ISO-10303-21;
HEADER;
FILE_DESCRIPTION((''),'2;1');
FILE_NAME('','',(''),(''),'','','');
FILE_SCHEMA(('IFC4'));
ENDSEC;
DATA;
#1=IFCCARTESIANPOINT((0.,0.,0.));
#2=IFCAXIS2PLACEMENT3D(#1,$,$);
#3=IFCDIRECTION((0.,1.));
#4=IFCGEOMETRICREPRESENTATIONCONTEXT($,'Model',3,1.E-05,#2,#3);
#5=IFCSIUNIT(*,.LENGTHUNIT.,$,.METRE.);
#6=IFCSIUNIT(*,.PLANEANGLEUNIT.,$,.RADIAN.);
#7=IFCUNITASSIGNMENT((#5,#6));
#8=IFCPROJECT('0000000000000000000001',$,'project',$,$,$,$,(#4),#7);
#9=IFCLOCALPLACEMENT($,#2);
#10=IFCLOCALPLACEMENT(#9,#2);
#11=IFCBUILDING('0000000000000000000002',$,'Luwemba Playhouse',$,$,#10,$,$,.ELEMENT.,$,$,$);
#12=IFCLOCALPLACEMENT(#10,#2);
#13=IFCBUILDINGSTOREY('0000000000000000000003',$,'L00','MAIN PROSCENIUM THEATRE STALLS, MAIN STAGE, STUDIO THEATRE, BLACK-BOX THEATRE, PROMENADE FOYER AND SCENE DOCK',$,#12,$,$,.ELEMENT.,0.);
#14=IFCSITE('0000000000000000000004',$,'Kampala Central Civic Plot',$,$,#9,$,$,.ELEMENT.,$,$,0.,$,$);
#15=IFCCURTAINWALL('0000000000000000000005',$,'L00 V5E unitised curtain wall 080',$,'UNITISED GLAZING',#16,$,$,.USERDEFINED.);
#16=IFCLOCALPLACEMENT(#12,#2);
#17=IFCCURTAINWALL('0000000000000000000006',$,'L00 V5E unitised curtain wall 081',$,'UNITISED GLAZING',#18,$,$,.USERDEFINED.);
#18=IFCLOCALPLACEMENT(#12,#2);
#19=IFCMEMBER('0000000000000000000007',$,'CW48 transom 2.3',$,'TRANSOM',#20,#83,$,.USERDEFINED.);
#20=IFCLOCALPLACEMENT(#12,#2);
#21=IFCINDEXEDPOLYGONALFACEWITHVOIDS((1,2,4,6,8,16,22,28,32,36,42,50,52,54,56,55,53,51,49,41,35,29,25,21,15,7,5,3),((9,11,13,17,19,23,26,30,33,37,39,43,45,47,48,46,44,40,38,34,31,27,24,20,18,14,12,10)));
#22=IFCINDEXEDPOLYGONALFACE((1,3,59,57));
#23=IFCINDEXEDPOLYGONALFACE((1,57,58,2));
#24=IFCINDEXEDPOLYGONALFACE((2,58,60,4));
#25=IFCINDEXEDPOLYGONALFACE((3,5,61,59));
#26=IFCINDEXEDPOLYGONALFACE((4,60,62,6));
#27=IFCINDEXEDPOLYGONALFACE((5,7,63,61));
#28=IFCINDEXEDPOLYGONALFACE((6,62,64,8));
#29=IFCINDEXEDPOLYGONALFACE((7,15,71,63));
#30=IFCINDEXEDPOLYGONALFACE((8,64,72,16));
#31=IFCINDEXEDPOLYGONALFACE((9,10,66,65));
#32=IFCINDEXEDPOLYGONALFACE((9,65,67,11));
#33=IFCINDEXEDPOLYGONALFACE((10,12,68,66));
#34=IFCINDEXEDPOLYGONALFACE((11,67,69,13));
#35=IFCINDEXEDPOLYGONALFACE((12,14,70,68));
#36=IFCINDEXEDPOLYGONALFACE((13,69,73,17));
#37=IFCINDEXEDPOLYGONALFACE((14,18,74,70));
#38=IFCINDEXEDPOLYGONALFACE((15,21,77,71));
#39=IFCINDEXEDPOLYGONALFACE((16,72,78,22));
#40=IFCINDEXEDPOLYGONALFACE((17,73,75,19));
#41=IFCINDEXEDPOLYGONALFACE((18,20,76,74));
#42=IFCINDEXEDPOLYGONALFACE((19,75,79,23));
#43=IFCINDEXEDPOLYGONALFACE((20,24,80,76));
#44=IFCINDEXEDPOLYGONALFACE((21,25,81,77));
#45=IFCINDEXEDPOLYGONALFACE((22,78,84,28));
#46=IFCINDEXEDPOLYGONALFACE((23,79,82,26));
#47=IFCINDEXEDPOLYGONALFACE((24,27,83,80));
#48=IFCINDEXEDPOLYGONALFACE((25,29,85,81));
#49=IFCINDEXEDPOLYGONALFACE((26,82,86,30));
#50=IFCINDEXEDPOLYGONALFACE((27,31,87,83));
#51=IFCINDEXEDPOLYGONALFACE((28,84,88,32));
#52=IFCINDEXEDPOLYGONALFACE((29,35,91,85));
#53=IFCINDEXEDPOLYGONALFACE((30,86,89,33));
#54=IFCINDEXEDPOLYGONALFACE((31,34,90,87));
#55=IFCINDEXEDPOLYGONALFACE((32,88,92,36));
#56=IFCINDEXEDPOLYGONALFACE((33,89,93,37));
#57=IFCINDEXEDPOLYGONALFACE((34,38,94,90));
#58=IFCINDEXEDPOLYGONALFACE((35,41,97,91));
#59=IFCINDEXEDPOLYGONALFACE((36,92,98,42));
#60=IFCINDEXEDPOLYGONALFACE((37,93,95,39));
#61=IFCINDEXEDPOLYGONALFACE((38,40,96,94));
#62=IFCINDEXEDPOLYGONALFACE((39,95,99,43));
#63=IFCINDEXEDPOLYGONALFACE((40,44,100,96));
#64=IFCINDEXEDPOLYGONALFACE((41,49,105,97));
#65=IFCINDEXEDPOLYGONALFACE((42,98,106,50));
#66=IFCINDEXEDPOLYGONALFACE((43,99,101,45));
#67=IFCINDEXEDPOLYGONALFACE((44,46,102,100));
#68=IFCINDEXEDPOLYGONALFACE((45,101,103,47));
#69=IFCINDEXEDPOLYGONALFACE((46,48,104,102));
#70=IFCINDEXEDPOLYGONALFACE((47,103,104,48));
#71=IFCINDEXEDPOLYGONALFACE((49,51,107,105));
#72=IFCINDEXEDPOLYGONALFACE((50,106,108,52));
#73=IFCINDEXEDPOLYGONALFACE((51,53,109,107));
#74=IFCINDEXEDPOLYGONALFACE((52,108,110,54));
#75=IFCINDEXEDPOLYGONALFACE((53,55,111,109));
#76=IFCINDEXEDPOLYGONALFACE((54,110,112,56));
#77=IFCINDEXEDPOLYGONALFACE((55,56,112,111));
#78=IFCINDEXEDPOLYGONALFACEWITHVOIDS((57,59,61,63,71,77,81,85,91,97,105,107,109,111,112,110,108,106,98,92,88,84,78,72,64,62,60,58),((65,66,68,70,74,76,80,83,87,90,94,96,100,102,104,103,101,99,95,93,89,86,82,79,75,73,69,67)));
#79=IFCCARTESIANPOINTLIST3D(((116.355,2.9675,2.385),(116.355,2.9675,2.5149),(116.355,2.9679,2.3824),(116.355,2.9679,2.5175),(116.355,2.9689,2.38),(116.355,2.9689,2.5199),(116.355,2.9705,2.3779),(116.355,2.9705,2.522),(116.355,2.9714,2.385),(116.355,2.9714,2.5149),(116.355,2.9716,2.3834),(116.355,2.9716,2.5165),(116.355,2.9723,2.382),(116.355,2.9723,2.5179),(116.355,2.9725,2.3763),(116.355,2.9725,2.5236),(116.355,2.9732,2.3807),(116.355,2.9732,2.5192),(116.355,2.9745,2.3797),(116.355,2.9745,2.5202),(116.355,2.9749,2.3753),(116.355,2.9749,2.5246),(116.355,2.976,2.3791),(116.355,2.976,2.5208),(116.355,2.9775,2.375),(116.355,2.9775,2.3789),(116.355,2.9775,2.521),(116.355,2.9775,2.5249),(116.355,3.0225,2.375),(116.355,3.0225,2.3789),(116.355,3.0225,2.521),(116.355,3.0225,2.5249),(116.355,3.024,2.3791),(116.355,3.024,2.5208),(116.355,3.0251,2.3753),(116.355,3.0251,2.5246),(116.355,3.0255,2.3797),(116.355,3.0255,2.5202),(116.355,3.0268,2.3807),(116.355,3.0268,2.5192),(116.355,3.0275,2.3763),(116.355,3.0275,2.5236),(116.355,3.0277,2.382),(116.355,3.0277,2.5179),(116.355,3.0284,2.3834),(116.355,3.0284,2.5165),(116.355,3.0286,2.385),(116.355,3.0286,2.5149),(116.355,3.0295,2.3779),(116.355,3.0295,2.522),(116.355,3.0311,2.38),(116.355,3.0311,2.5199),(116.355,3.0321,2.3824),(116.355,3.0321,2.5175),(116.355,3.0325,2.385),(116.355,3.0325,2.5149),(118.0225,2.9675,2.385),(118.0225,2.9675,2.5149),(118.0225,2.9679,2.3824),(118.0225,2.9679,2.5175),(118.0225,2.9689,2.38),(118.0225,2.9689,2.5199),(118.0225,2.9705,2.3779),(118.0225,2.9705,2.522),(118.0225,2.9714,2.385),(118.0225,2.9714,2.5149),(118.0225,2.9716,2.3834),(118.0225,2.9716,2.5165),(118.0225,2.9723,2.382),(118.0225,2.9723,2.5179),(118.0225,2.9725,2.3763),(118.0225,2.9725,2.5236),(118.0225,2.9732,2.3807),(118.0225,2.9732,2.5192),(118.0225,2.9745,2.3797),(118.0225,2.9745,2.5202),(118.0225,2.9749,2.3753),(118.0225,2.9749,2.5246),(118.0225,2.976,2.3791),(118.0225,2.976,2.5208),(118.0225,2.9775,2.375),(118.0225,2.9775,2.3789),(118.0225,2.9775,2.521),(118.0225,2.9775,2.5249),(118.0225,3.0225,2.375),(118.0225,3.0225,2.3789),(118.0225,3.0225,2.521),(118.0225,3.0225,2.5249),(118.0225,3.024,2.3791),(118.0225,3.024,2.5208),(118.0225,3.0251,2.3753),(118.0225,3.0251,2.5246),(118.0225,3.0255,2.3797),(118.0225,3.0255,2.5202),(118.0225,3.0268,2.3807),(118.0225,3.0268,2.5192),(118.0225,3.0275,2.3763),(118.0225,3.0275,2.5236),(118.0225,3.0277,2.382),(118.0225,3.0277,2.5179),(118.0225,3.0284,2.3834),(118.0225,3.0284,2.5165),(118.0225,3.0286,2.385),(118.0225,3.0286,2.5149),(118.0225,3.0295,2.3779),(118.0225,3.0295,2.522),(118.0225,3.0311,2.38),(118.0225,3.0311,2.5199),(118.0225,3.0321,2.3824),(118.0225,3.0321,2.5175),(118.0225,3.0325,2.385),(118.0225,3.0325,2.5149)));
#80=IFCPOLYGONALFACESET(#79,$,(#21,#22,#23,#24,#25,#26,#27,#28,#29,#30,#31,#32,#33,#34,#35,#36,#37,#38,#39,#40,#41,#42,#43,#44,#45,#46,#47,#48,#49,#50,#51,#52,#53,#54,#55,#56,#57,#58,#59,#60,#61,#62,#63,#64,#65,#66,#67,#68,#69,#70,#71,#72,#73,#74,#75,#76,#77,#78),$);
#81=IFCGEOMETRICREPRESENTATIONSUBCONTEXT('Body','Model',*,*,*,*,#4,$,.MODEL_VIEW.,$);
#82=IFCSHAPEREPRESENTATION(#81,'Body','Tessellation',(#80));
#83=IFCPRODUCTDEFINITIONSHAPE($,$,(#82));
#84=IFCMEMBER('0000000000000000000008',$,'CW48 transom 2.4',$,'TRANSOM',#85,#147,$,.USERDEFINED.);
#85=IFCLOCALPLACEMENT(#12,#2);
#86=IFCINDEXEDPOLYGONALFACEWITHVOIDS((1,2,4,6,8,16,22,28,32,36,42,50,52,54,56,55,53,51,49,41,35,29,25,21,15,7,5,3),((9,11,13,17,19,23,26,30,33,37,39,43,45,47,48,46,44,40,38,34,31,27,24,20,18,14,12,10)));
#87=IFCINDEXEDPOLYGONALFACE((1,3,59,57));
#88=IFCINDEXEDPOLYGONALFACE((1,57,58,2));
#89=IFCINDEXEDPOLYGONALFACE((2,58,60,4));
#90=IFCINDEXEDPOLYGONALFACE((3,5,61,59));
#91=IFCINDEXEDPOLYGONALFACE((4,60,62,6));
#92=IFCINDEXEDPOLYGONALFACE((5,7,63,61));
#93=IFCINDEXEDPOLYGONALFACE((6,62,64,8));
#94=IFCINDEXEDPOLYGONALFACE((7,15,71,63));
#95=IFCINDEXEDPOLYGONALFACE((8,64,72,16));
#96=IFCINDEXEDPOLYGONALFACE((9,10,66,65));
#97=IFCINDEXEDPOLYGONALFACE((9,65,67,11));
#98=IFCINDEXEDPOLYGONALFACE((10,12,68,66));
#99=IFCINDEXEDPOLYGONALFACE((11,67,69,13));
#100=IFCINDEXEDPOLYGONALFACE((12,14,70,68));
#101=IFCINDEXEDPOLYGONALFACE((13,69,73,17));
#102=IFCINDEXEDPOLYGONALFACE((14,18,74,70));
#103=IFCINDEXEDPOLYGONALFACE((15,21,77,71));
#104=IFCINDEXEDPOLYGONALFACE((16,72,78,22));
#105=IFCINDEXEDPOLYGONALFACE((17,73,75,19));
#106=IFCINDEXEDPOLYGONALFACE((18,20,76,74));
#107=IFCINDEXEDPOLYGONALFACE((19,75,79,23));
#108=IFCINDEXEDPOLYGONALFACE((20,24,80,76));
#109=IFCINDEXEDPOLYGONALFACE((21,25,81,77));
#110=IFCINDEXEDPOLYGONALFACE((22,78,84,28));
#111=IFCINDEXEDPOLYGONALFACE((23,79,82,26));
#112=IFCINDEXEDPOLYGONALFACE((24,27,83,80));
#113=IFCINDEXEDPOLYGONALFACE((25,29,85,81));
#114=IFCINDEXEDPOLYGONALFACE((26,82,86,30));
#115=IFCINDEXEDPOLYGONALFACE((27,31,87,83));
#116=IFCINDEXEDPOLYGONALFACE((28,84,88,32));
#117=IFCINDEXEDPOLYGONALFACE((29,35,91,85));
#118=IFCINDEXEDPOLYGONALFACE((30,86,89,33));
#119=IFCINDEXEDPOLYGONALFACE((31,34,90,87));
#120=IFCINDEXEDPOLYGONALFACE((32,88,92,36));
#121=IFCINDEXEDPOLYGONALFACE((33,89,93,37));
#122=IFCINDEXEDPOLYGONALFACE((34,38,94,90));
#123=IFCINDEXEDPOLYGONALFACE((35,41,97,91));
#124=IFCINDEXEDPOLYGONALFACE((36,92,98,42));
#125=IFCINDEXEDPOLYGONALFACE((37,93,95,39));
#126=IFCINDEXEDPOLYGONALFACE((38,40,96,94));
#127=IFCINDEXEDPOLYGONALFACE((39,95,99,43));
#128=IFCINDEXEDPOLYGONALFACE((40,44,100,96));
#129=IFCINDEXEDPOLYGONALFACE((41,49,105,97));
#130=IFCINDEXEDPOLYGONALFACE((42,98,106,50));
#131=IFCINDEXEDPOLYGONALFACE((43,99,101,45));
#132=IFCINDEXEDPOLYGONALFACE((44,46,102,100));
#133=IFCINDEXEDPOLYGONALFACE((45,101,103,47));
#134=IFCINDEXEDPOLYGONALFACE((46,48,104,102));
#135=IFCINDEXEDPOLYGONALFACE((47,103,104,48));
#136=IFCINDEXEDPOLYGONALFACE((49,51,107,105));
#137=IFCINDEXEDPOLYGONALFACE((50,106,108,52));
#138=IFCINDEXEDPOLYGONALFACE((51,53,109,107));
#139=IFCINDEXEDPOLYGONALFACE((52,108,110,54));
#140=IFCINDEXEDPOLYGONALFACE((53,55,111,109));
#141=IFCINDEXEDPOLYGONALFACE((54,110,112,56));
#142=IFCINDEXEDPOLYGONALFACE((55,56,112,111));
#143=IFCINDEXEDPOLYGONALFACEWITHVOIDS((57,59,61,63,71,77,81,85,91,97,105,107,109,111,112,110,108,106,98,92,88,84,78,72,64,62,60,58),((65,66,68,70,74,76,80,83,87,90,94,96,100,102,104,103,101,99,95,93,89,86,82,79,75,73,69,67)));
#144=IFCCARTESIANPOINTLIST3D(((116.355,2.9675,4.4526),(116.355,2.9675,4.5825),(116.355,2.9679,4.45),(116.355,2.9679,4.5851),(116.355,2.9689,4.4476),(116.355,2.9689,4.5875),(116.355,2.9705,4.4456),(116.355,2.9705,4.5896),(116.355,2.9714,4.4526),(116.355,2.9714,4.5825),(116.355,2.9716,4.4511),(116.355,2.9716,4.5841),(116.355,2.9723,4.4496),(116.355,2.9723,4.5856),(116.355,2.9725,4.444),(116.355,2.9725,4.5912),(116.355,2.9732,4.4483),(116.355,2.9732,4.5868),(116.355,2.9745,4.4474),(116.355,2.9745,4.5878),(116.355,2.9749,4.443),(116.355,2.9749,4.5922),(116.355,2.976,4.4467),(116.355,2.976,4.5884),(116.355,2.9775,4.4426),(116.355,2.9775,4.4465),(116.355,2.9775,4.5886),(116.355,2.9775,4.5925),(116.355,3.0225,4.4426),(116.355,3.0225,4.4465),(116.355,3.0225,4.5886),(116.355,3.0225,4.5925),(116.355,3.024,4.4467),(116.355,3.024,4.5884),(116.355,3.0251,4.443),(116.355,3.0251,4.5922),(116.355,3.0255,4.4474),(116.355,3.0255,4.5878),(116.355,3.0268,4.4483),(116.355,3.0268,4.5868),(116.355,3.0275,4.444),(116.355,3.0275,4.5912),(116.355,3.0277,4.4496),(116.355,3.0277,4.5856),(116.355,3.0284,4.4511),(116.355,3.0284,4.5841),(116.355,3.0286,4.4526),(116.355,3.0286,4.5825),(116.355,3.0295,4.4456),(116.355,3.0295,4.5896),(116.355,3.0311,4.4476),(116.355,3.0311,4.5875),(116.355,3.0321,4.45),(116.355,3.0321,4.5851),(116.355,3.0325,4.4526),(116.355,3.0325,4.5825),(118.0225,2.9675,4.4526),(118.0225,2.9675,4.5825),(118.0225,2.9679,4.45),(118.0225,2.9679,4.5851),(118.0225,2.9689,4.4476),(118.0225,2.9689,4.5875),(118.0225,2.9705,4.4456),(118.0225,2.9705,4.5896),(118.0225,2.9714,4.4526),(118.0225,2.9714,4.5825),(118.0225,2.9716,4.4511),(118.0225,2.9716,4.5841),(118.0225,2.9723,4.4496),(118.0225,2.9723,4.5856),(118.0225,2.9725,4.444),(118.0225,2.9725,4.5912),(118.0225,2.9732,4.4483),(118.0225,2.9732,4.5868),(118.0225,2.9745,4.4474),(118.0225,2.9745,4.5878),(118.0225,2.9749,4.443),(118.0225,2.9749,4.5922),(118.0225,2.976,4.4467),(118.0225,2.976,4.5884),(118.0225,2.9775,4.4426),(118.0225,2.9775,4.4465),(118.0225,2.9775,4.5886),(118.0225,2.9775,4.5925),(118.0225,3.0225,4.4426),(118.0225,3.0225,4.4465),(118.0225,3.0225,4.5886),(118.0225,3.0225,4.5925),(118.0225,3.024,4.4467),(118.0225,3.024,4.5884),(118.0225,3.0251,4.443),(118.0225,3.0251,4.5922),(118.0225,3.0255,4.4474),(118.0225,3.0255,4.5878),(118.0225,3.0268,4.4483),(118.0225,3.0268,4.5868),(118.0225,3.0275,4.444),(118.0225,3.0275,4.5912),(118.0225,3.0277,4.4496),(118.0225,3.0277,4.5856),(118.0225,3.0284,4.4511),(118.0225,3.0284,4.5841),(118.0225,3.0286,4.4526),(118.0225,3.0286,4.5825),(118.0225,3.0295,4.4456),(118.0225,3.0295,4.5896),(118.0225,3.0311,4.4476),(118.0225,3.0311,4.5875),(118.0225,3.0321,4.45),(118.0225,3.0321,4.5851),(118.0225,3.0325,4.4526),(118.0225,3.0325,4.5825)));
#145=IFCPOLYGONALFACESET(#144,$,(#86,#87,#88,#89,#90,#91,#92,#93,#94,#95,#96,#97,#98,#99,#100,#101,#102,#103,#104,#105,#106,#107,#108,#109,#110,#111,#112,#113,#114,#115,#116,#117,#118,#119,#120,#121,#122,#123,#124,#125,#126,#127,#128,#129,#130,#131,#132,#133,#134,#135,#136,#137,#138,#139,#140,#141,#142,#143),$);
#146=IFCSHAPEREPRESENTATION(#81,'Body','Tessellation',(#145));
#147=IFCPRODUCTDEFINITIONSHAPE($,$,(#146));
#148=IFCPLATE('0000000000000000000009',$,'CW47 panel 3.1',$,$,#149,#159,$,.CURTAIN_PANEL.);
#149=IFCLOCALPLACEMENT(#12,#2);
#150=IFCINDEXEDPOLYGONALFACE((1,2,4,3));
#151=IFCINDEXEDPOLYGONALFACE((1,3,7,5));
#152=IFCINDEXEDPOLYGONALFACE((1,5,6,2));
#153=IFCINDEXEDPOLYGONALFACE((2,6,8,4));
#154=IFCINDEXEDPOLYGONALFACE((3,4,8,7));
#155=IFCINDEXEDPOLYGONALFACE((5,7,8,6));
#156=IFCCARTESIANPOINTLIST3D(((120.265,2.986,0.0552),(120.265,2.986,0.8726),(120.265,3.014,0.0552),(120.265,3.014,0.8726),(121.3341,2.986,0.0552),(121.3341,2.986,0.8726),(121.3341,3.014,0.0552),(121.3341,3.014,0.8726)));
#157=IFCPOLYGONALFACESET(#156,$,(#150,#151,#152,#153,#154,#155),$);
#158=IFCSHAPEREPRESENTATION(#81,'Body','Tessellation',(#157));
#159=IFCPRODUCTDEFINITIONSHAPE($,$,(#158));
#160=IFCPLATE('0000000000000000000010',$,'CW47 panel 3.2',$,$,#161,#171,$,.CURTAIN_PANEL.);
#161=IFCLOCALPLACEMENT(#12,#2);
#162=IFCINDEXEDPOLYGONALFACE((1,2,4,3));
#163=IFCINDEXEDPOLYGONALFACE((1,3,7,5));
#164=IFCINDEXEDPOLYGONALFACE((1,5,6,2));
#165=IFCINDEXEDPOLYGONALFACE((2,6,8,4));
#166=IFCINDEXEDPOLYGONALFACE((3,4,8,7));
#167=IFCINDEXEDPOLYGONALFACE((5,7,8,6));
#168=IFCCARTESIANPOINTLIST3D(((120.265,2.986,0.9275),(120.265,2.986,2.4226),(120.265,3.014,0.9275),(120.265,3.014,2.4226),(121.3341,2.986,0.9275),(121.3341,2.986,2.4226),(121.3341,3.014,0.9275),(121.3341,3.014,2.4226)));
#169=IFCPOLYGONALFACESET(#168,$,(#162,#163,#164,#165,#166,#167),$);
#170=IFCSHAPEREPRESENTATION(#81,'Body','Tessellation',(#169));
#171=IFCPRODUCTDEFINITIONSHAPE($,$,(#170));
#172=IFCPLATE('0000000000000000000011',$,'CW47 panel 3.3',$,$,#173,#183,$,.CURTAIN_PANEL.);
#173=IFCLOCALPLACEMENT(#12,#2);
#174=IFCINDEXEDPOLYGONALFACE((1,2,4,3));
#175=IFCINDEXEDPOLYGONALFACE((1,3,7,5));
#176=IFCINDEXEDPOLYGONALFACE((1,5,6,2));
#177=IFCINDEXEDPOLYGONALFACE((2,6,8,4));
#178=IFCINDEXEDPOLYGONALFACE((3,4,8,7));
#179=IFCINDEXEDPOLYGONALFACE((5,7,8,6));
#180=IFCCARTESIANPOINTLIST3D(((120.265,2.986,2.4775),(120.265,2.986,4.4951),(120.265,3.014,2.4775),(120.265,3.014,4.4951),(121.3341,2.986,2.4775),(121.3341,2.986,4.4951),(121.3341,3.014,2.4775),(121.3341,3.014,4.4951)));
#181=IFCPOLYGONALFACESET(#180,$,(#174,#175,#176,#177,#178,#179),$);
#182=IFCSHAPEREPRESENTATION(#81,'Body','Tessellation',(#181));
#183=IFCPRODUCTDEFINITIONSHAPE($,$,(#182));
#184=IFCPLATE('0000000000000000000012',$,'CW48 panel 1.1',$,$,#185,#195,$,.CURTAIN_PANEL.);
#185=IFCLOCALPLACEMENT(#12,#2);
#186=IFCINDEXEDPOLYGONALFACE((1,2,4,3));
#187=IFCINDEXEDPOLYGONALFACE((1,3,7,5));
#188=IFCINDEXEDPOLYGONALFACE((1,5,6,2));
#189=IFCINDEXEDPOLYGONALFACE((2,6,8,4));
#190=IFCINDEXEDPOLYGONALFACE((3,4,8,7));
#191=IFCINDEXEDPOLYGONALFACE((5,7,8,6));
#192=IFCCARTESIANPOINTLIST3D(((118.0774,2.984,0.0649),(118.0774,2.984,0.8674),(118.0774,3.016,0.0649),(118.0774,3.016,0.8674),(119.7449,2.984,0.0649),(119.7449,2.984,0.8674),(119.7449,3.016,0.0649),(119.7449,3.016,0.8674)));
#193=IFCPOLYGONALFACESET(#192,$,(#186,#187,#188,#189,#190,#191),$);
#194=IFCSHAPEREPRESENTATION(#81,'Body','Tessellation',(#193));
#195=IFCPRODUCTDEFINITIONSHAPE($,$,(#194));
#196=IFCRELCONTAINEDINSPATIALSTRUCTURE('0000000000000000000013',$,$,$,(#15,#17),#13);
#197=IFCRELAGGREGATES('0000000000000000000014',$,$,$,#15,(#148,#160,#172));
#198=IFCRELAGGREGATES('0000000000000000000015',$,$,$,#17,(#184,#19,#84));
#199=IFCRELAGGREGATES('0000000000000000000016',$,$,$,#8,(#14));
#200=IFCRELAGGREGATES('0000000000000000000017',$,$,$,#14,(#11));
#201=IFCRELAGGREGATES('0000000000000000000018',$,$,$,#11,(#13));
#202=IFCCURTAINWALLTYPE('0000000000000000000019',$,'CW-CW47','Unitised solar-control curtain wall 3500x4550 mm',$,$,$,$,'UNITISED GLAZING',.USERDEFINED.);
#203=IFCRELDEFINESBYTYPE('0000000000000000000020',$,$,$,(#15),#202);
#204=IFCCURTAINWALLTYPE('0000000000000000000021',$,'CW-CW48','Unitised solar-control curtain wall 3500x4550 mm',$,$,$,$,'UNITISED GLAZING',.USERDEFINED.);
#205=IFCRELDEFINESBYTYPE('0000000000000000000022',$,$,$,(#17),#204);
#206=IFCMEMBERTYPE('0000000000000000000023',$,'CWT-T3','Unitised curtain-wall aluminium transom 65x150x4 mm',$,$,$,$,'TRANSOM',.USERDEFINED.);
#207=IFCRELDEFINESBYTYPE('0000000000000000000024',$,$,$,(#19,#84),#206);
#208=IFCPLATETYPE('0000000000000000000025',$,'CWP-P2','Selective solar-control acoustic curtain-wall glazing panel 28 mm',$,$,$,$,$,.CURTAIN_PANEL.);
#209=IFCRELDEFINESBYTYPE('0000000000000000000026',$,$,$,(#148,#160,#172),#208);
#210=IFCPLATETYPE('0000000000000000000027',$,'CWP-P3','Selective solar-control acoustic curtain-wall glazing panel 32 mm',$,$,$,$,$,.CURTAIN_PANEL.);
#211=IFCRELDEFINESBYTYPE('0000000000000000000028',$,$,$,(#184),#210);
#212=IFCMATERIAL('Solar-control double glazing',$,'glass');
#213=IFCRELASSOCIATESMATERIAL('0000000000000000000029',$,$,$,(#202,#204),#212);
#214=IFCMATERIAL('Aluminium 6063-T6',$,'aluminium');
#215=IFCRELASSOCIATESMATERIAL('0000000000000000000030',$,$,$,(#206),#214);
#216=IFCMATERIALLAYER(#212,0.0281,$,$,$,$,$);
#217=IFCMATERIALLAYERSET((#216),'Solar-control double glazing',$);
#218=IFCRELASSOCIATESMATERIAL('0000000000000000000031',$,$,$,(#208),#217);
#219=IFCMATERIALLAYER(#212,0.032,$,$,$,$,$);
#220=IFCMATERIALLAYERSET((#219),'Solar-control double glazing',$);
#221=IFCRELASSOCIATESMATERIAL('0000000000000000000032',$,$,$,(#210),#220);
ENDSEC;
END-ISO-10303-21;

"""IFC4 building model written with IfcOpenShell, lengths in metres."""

from ifc_helpers import new_model, si_unit, direction, frame, origin, origin_2d, place, context, subcontext, project, spatial, rectangle, hollow_rectangle, extrude, material, layer, layer_set, material_profile, profile_set, type_object, element, aggregate, save


model = new_model("IFC4")

# Units and contexts
model_context = context("Model", 3, precision=1e-05, world=origin(), true_north=direction((0.0, 1.0)))
body_context = subcontext(model_context, "Body", "Model", "MODEL_VIEW")
ifc_project = project(units=[si_unit("LENGTHUNIT", "METRE"), si_unit("PLANEANGLEUNIT", "RADIAN")], contexts=[model_context])

# Site, building, storey
site_placement = place(None, origin())
site = spatial("IfcSite", under=ifc_project, at=site_placement, Name="Kampala Central Civic Plot", CompositionType="ELEMENT", RefElevation=0.0)
building_placement = place(site_placement, origin())
building = spatial("IfcBuilding", under=site, at=building_placement, Name="Luwemba Playhouse", CompositionType="ELEMENT")
storey_placement = place(building_placement, origin())
storey = spatial("IfcBuildingStorey", under=building, at=storey_placement, Name="L00", Description="MAIN PROSCENIUM THEATRE STALLS, MAIN STAGE, STUDIO THEATRE, BLACK-BOX THEATRE, PROMENADE FOYER AND SCENE DOCK", CompositionType="ELEMENT", Elevation=0.0)

# Curtain wall
ifc_material_1 = material(Name="Solar-control double glazing", Category="glass")
curtain_wall_type_1 = type_object("IfcCurtainWallType", Name="CW-CW47", Description="Unitised solar-control curtain wall 3500x4550 mm", ElementType="UNITISED GLAZING", PredefinedType="USERDEFINED", material=ifc_material_1)
curtain_wall_1_placement = place(storey_placement, origin())
curtain_wall_1 = element("IfcCurtainWall", 1, at=curtain_wall_1_placement, inside=storey, type_object=curtain_wall_type_1, Name="L00 V5E unitised curtain wall 080", ObjectType="UNITISED GLAZING", PredefinedType="USERDEFINED")
ifc_material_2 = material(Name="Aluminium 6063-T6", Category="aluminium")

# Curtain wall
curtain_wall_type_2 = type_object("IfcCurtainWallType", Name="CW-CW48", Description="Unitised solar-control curtain wall 3500x4550 mm", ElementType="UNITISED GLAZING", PredefinedType="USERDEFINED", material=ifc_material_1)
curtain_wall_2_placement = place(storey_placement, origin())
curtain_wall_2 = element("IfcCurtainWall", 2, at=curtain_wall_2_placement, inside=storey, type_object=curtain_wall_type_2, Name="L00 V5E unitised curtain wall 081", ObjectType="UNITISED GLAZING", PredefinedType="USERDEFINED")

# Members
ifc_material_profile_1 = material_profile(ifc_material_2, hollow_rectangle(XDim=0.0649, YDim=0.1499, WallThickness=0.0039, InnerFilletRadius=0.0061, OuterFilletRadius=0.01, at=origin_2d()))
ifc_profile_set_1 = profile_set([ifc_material_profile_1], Name="Aluminium 6063-T6")
member_type_1 = type_object("IfcMemberType", Name="CWT-T3", Description="Unitised curtain-wall aluminium transom 65x150x4 mm", ElementType="TRANSOM", PredefinedType="USERDEFINED", material=ifc_profile_set_1)
member_1_placement = place(storey_placement, frame((118.0225, 3.0, 2.45), z_axis=(-1.0, 0.0, 0.0), x_axis=(0.0, -1.0, 0.0)))
member_1 = element("IfcMember", 3, at=member_1_placement, type_object=member_type_1, Name="CW48 transom 2.3", ObjectType="TRANSOM", PredefinedType="USERDEFINED", context=body_context, shape_type="SweptSolid", body=[
    extrude(hollow_rectangle(XDim=0.0649, YDim=0.1499, WallThickness=0.0039, InnerFilletRadius=0.0061, OuterFilletRadius=0.01, at=origin_2d()), origin(), (0.0, 0.0, 1.0), 1.6675),
])
member_2_placement = place(storey_placement, frame((118.0225, 3.0, 4.5176), z_axis=(-1.0, 0.0, 0.0), x_axis=(0.0, -1.0, 0.0)))
member_2 = element("IfcMember", 4, at=member_2_placement, type_object=member_type_1, Name="CW48 transom 2.4", ObjectType="TRANSOM", PredefinedType="USERDEFINED", context=body_context, shape_type="SweptSolid", body=[
    extrude(hollow_rectangle(XDim=0.0649, YDim=0.1499, WallThickness=0.0039, InnerFilletRadius=0.0061, OuterFilletRadius=0.01, at=origin_2d()), origin(), (0.0, 0.0, 1.0), 1.6675),
])

# Plates
ifc_layer_1 = layer(ifc_material_1, 0.0281)
ifc_layer_set_1 = layer_set([ifc_layer_1], Name="Solar-control double glazing")
plate_type_1 = type_object("IfcPlateType", Name="CWP-P2", Description="Selective solar-control acoustic curtain-wall glazing panel 28 mm", PredefinedType="CURTAIN_PANEL", material=ifc_layer_set_1)
plate_1_placement = place(storey_placement, frame((120.7996, 3.0, 0.0552), z_axis=(0.0, 0.0, 1.0), x_axis=(-1.0, 0.0, 0.0)))
plate_1 = element("IfcPlate", 5, at=plate_1_placement, type_object=plate_type_1, Name="CW47 panel 3.1", PredefinedType="CURTAIN_PANEL", context=body_context, shape_type="SweptSolid", body=[
    extrude(rectangle(XDim=1.0691, YDim=0.0281, at=origin_2d()), origin(), (0.0, 0.0, 1.0), 0.8174),
])
plate_2_placement = place(storey_placement, frame((120.7996, 3.0, 0.9275), z_axis=(0.0, 0.0, 1.0), x_axis=(-1.0, 0.0, 0.0)))
plate_2 = element("IfcPlate", 6, at=plate_2_placement, type_object=plate_type_1, Name="CW47 panel 3.2", PredefinedType="CURTAIN_PANEL", context=body_context, shape_type="SweptSolid", body=[
    extrude(rectangle(XDim=1.0691, YDim=0.0281, at=origin_2d()), origin(), (0.0, 0.0, 1.0), 1.4951),
])
plate_3_placement = place(storey_placement, frame((120.7996, 3.0, 2.4775), z_axis=(0.0, 0.0, 1.0), x_axis=(-1.0, 0.0, 0.0)))
plate_3 = element("IfcPlate", 7, at=plate_3_placement, type_object=plate_type_1, Name="CW47 panel 3.3", PredefinedType="CURTAIN_PANEL", context=body_context, shape_type="SweptSolid", body=[
    extrude(rectangle(XDim=1.0691, YDim=0.0281, at=origin_2d()), origin(), (0.0, 0.0, 1.0), 2.0176),
])
aggregate(curtain_wall_1, [plate_1, plate_2, plate_3])
ifc_layer_2 = layer(ifc_material_1, 0.032)
ifc_layer_set_2 = layer_set([ifc_layer_2], Name="Solar-control double glazing")
plate_type_2 = type_object("IfcPlateType", Name="CWP-P3", Description="Selective solar-control acoustic curtain-wall glazing panel 32 mm", PredefinedType="CURTAIN_PANEL", material=ifc_layer_set_2)
plate_4_placement = place(storey_placement, frame((118.9111, 3.0, 0.0649), z_axis=(0.0, 0.0, 1.0), x_axis=(-1.0, 0.0, 0.0)))
plate_4 = element("IfcPlate", 8, at=plate_4_placement, type_object=plate_type_2, Name="CW48 panel 1.1", PredefinedType="CURTAIN_PANEL", context=body_context, shape_type="SweptSolid", body=[
    extrude(rectangle(XDim=1.6675, YDim=0.032, at=origin_2d()), origin(), (0.0, 0.0, 1.0), 0.8025),
])
aggregate(curtain_wall_2, [plate_4, member_1, member_2])

save(model, "model.ifc")
